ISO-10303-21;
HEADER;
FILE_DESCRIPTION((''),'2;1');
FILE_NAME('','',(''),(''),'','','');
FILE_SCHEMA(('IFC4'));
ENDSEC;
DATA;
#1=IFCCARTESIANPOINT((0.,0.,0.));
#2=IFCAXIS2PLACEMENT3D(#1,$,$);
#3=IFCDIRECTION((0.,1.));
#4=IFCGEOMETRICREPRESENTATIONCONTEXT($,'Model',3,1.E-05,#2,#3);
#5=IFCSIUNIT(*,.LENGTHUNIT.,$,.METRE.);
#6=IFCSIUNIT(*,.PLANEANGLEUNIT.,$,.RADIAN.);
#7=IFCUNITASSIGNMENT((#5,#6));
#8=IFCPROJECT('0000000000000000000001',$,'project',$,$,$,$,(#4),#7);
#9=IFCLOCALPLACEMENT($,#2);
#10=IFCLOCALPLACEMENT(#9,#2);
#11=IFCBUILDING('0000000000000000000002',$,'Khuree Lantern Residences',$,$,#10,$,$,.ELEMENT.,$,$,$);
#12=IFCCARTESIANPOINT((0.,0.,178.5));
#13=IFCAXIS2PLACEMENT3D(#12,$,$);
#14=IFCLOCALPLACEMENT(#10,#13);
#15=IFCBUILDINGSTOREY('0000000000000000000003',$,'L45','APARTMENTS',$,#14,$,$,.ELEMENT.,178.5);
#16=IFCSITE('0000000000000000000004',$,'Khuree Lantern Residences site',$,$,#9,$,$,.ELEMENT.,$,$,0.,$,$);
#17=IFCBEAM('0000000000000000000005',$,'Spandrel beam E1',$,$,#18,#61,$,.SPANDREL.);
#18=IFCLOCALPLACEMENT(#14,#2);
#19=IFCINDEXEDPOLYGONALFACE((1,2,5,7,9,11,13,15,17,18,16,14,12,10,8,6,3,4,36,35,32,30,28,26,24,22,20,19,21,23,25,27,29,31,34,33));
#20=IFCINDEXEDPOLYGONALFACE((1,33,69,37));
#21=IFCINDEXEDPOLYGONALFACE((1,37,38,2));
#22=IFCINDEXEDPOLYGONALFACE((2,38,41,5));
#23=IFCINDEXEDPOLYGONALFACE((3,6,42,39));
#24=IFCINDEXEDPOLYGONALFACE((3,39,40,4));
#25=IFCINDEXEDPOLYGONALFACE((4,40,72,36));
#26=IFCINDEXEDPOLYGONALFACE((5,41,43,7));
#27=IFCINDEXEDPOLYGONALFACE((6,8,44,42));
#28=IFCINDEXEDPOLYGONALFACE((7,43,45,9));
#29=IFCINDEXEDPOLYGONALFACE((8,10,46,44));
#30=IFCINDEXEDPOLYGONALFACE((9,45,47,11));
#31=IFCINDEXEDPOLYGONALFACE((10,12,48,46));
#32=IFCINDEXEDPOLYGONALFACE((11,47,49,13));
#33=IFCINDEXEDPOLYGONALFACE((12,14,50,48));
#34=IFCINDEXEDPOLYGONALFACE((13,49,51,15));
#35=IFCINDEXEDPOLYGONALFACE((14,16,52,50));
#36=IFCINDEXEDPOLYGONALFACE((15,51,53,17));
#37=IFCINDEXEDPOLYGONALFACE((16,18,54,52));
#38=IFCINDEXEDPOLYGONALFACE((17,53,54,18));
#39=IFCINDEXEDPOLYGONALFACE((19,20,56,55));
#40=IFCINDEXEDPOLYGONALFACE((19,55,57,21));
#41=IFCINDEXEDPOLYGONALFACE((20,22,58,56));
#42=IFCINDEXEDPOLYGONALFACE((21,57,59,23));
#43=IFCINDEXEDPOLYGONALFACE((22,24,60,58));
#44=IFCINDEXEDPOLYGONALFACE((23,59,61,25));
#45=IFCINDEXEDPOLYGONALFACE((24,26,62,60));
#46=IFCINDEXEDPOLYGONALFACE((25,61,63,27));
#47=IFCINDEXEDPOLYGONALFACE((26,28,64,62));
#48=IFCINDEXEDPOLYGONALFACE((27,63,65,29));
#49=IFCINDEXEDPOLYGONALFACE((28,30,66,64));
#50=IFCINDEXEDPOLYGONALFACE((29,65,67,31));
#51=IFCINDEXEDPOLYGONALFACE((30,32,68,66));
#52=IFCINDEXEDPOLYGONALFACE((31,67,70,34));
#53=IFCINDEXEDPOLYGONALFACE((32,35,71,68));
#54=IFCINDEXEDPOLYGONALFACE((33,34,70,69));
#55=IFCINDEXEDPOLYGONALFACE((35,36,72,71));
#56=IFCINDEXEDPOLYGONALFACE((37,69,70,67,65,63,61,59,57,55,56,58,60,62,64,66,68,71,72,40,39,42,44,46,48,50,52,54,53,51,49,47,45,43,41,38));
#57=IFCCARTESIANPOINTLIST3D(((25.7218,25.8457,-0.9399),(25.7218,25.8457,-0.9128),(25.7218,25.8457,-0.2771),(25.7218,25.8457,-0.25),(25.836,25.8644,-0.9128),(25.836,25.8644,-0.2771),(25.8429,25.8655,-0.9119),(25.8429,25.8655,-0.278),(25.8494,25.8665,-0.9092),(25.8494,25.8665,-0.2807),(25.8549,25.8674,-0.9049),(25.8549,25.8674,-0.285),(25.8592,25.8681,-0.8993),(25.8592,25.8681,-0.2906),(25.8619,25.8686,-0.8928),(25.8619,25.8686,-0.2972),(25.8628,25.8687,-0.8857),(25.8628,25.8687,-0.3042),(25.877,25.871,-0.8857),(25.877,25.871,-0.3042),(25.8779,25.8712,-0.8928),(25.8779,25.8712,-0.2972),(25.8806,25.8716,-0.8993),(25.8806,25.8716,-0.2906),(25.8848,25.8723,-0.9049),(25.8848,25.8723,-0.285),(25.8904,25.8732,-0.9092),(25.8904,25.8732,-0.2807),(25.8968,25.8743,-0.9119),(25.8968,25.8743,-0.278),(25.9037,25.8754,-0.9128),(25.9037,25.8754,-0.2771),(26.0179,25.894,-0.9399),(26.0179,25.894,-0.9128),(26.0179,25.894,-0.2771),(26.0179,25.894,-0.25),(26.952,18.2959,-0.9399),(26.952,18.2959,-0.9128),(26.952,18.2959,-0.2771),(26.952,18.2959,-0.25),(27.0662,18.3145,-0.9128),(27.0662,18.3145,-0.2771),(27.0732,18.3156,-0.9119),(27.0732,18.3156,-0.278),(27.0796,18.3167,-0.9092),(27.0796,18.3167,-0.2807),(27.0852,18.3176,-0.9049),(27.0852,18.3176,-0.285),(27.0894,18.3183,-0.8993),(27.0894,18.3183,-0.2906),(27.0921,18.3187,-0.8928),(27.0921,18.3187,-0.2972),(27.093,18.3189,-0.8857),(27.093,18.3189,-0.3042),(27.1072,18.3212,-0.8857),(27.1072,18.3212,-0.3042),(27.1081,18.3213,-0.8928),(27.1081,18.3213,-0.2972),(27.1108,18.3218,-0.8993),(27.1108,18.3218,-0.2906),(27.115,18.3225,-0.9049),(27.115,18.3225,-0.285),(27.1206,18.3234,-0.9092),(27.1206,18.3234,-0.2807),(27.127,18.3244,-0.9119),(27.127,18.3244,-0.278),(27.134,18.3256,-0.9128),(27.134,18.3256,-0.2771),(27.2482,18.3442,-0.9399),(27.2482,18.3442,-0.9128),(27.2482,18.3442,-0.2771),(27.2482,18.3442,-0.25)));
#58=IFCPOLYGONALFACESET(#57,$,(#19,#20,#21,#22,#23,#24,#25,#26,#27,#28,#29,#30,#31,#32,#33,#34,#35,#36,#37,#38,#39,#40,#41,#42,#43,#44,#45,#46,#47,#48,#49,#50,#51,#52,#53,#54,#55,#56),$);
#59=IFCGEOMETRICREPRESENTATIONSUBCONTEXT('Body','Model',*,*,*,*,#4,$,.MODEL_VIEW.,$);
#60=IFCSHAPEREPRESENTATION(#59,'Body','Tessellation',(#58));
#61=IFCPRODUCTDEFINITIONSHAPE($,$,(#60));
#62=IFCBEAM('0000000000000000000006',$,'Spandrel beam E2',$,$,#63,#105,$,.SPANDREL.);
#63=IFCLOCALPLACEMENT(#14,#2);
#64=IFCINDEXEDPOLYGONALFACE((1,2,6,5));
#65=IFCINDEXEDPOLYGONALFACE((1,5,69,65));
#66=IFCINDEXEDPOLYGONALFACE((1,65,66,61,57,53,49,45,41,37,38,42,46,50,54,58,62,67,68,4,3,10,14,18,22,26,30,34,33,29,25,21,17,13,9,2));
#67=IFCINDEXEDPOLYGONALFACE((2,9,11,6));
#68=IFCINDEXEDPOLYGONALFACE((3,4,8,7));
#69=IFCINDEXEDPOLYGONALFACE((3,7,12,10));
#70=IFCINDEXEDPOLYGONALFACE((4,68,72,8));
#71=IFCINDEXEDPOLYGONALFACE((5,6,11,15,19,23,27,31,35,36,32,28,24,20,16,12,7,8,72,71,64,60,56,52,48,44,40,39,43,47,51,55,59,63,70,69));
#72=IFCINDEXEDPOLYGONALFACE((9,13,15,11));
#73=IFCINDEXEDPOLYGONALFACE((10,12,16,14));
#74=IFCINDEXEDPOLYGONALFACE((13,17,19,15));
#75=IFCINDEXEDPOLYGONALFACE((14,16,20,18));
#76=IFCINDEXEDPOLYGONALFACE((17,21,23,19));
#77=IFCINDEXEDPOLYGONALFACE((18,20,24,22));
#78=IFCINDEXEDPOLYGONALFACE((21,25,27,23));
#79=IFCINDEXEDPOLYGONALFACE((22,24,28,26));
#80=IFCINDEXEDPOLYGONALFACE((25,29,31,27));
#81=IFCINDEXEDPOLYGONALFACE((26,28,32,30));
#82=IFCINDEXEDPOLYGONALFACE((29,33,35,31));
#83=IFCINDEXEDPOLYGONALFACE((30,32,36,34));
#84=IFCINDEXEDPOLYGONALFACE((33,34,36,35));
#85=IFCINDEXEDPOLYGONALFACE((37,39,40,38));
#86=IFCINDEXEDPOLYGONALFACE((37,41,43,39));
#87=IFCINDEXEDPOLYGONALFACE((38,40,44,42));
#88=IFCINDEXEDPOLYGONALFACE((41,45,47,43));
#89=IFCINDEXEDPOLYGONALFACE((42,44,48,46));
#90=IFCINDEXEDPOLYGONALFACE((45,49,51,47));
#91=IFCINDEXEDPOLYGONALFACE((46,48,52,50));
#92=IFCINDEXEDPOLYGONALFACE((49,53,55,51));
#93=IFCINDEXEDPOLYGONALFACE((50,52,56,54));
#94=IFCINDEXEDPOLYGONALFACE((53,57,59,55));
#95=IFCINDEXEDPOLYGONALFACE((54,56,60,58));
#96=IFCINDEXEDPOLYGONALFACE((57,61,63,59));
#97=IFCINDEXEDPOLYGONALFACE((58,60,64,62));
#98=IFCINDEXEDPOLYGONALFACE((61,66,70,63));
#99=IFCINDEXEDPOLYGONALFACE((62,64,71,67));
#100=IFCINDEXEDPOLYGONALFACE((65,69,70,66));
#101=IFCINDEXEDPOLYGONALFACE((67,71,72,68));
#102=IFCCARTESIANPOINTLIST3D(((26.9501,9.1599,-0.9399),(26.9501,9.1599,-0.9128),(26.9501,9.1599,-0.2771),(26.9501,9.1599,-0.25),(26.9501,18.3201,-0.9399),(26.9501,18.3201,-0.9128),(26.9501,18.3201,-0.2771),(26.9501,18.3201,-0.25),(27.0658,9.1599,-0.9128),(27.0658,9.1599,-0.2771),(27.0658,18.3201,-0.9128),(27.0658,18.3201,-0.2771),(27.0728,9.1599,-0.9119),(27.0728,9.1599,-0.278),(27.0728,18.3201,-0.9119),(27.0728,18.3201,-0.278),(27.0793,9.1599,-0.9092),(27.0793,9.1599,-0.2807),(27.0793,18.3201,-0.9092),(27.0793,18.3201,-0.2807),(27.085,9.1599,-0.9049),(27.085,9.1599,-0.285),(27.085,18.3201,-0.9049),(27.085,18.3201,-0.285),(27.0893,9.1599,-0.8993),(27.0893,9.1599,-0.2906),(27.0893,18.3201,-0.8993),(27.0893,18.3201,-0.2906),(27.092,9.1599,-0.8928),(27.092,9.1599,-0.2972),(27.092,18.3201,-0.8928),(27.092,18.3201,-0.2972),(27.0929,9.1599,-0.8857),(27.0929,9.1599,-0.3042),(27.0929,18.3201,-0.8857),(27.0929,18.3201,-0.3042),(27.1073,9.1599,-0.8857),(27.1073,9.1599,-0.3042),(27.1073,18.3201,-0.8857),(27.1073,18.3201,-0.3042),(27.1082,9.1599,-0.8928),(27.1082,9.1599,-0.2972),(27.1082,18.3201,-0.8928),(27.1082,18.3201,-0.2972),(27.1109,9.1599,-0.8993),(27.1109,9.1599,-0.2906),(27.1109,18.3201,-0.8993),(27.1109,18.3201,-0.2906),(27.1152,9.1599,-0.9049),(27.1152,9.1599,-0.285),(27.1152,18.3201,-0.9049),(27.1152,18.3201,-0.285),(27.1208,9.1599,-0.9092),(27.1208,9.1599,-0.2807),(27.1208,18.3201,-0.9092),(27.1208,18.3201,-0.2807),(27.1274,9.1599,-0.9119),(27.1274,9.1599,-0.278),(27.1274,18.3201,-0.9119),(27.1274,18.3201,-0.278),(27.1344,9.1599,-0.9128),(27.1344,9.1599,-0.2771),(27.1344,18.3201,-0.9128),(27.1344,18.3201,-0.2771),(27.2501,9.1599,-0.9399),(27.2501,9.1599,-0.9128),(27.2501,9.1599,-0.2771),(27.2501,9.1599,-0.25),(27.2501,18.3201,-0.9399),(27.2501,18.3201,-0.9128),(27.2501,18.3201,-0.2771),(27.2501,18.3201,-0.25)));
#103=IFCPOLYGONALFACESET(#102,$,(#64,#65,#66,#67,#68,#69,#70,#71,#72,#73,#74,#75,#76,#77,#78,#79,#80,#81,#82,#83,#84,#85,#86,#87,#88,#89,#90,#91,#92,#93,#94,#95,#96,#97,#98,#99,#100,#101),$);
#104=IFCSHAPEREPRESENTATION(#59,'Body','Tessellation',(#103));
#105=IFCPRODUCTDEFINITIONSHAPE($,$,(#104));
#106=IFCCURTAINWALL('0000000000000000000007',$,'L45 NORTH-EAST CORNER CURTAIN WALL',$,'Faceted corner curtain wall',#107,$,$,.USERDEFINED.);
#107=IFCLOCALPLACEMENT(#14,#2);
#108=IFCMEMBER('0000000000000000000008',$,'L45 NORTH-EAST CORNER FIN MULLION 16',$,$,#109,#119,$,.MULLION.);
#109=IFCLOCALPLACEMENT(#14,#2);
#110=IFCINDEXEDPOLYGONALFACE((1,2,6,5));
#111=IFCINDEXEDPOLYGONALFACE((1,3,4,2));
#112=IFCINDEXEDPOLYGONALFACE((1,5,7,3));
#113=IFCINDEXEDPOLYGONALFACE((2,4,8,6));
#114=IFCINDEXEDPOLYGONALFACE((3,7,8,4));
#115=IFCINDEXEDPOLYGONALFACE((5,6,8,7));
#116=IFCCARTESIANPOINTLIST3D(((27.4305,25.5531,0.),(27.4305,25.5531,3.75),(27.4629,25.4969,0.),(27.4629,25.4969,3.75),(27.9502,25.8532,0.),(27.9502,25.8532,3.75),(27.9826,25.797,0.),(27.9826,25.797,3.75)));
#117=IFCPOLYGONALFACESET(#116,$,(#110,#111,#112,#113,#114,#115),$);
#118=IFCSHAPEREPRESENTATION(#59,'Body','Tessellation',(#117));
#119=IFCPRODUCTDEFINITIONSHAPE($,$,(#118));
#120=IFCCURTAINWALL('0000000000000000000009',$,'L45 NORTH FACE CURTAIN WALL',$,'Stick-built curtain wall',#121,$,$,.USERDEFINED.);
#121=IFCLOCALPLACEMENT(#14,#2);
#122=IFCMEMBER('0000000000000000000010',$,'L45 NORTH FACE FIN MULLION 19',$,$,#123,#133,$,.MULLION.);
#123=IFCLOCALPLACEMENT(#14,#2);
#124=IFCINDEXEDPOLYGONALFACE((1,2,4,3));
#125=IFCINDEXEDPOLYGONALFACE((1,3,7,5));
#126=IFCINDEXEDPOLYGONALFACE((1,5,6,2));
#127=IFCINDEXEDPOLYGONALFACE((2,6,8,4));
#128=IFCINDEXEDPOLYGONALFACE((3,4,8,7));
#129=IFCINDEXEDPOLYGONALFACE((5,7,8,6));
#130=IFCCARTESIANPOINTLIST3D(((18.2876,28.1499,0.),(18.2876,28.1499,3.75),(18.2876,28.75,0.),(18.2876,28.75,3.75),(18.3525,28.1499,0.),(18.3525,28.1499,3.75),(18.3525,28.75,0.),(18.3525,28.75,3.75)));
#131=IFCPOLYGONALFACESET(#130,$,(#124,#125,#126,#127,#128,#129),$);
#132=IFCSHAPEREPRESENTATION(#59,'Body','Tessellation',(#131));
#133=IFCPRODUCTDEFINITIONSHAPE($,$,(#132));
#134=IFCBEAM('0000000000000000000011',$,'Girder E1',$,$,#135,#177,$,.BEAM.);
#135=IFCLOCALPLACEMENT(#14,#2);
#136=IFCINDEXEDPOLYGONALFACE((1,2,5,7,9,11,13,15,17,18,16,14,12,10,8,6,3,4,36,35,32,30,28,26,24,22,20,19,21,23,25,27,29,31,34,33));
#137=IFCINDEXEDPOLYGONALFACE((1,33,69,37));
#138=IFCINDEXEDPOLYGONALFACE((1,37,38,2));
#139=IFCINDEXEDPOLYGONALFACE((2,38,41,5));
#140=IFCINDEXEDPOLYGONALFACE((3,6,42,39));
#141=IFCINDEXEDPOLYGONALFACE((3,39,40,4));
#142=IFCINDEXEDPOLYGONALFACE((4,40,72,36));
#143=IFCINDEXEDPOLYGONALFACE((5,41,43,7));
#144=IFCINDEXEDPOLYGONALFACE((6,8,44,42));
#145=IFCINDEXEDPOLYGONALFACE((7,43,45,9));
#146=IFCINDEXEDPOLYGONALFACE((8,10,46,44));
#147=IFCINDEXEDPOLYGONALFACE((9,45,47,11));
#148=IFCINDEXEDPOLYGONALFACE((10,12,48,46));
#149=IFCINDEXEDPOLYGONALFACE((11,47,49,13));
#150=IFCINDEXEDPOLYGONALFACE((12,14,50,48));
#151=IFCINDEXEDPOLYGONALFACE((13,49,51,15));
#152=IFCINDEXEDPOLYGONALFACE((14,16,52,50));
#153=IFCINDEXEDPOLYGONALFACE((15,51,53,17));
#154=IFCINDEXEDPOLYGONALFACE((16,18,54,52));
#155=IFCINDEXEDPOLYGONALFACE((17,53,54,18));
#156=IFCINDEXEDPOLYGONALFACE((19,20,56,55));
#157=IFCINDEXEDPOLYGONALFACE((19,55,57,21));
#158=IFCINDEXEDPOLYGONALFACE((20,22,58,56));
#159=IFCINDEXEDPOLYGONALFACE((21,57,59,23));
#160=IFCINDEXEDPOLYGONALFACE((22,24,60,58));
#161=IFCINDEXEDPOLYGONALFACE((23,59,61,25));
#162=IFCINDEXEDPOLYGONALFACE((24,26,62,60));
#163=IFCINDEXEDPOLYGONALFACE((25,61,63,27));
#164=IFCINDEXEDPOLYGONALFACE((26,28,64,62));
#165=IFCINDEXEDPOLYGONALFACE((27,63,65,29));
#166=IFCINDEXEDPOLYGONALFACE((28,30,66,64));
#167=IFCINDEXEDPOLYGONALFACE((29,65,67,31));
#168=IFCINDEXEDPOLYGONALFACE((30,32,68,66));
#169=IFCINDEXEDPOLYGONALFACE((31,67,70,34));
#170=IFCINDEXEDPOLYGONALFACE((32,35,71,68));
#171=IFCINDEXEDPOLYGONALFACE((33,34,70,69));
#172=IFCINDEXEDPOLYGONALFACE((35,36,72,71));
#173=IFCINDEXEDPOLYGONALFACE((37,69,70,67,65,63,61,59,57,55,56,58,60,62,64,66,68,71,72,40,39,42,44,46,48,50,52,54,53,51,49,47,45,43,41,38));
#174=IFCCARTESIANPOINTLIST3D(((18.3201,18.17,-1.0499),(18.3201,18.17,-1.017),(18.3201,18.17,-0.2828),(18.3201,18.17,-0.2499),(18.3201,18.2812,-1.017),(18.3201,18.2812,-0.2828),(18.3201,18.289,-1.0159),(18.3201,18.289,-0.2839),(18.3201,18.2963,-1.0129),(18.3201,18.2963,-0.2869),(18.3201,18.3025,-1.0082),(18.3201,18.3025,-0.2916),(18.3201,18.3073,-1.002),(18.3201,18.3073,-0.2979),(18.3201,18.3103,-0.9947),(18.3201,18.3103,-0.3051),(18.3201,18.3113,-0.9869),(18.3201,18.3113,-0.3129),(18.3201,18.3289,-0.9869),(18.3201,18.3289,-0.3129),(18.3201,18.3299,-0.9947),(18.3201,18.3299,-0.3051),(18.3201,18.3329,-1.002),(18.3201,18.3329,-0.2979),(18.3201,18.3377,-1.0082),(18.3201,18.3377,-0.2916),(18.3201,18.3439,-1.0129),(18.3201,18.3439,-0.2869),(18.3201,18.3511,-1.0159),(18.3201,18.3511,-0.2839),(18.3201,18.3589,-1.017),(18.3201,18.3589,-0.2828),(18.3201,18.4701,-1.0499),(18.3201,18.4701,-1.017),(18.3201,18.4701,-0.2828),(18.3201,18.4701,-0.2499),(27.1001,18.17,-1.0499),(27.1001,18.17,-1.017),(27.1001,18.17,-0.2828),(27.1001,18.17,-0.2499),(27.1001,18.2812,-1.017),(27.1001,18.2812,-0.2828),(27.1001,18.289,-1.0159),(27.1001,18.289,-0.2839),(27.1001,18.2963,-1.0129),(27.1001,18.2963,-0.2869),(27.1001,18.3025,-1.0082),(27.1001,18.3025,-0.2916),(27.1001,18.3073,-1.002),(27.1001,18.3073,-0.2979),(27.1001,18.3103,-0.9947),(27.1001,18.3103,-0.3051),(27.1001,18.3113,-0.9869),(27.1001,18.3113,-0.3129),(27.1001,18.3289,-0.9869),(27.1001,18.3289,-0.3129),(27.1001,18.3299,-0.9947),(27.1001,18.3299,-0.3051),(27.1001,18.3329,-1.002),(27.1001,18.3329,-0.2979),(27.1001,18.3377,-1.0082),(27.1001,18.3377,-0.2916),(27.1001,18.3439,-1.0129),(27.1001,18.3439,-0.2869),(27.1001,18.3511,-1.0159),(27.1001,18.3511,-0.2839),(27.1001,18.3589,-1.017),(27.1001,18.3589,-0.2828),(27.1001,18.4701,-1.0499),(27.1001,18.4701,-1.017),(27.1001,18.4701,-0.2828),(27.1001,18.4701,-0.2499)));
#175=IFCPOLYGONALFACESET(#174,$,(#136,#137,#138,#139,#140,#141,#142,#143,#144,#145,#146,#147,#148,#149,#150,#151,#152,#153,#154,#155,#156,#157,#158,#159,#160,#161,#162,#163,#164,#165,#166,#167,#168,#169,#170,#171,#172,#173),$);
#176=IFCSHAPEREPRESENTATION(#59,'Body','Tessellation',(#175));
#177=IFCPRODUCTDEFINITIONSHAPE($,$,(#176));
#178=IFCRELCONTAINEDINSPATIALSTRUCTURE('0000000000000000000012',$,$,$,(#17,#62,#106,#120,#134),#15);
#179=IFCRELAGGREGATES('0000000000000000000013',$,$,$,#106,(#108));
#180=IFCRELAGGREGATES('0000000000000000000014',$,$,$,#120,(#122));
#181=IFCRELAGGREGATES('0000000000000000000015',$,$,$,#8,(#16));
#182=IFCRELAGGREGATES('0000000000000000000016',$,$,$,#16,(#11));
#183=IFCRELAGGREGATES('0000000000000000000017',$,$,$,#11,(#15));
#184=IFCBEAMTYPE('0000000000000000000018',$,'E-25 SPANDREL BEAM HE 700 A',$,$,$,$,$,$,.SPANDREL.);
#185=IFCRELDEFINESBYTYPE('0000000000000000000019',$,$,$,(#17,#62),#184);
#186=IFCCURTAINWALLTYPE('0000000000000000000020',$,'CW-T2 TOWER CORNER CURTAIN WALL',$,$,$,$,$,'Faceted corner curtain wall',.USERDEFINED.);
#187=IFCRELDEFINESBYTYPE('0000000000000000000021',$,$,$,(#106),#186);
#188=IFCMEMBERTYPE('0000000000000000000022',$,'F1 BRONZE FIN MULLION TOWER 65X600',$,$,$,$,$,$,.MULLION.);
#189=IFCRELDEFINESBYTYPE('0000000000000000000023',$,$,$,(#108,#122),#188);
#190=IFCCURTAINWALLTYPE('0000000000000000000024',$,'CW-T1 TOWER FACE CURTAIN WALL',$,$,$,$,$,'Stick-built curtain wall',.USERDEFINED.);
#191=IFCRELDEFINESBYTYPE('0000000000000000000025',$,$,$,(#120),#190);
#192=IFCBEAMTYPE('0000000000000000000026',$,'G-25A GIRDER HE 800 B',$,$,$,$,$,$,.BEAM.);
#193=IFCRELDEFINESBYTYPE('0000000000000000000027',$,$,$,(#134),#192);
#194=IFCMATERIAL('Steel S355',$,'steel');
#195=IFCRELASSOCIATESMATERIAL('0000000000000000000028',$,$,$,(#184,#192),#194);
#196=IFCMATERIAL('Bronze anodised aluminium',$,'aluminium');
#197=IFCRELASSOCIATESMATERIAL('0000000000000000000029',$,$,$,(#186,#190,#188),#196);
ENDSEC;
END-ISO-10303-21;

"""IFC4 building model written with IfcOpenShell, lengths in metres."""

from ifc_helpers import new_model, si_unit, direction, frame, origin, origin_2d, place, context, subcontext, project, spatial, rectangle, i_section, extrude, material, material_profile, profile_set, type_object, element, aggregate, save


model = new_model("IFC4")

# Units and contexts
model_context = context("Model", 3, precision=1e-05, world=origin(), true_north=direction((0.0, 1.0)))
body_context = subcontext(model_context, "Body", "Model", "MODEL_VIEW")
ifc_project = project(units=[si_unit("LENGTHUNIT", "METRE"), si_unit("PLANEANGLEUNIT", "RADIAN")], contexts=[model_context])

# Site, building, storey
site_placement = place(None, origin())
site = spatial("IfcSite", under=ifc_project, at=site_placement, Name="Khuree Lantern Residences site", CompositionType="ELEMENT", RefElevation=0.0)
building_placement = place(site_placement, origin())
building = spatial("IfcBuilding", under=site, at=building_placement, Name="Khuree Lantern Residences", CompositionType="ELEMENT")
storey_placement = place(building_placement, frame((0.0, 0.0, 178.5)))
storey = spatial("IfcBuildingStorey", under=building, at=storey_placement, Name="L45", Description="APARTMENTS", CompositionType="ELEMENT", Elevation=178.5)

# Beams
ifc_material_1 = material(Name="Steel S355", Category="steel")
ifc_material_profile_1 = material_profile(ifc_material_1, i_section(OverallWidth=0.3, OverallDepth=0.6899, WebThickness=0.0144, FlangeThickness=0.0271, FilletRadius=0.0271, at=origin_2d()), Name="HE 700 A")
ifc_profile_set_1 = profile_set([ifc_material_profile_1], Name="Steel S355")
beam_type_1 = type_object("IfcBeamType", Name="E-25 SPANDREL BEAM HE 700 A", PredefinedType="SPANDREL", material=ifc_profile_set_1)
for number, where, z_axis, x_axis, name in (
    (1, (25.8699, 25.8699, -0.595), (0.160827, -0.986983, 0.0), (0.986983, 0.160827, 0.0), "Spandrel beam E1"),
):
    element("IfcBeam", number, at=place(storey_placement, frame(where, z_axis=z_axis, x_axis=x_axis)), inside=storey, type_object=beam_type_1, Name=name, PredefinedType="SPANDREL", context=body_context, shape_type="SweptSolid", body=[
        extrude(i_section(OverallWidth=0.3, OverallDepth=0.6899, WebThickness=0.0144, FlangeThickness=0.0271, FilletRadius=0.0271, at=origin_2d()), origin(), (0.0, 0.0, 1.0), 7.6494),
    ])
beam_1_placement = place(storey_placement, frame((27.1001, 18.3201, -0.595), z_axis=(0.0, -1.0, 0.0), x_axis=(1.0, 0.0, 0.0)))
element("IfcBeam", 2, at=beam_1_placement, inside=storey, type_object=beam_type_1, Name="Spandrel beam E2", PredefinedType="SPANDREL", context=body_context, shape_type="SweptSolid", body=[
    extrude(i_section(OverallWidth=0.3, OverallDepth=0.6899, WebThickness=0.0144, FlangeThickness=0.0271, FilletRadius=0.0271, at=origin_2d()), origin(), (0.0, 0.0, 1.0), 9.1602),
])

# Curtain walls, members
ifc_material_2 = material(Name="Bronze anodised aluminium", Category="aluminium")
curtain_wall_type_1 = type_object("IfcCurtainWallType", Name="CW-T2 TOWER CORNER CURTAIN WALL", ElementType="Faceted corner curtain wall", PredefinedType="USERDEFINED", material=ifc_material_2)
curtain_wall_1_placement = place(storey_placement, origin())
curtain_wall_1 = element("IfcCurtainWall", 3, at=curtain_wall_1_placement, inside=storey, type_object=curtain_wall_type_1, Name="L45 NORTH-EAST CORNER CURTAIN WALL", ObjectType="Faceted corner curtain wall", PredefinedType="USERDEFINED")
ifc_material_profile_2 = material_profile(ifc_material_2, rectangle(XDim=0.0649, YDim=0.6001, at=origin_2d()), Name="F1 65X600")
ifc_profile_set_2 = profile_set([ifc_material_profile_2], Name="Bronze anodised aluminium")
member_type_1 = type_object("IfcMemberType", Name="F1 BRONZE FIN MULLION TOWER 65X600", PredefinedType="MULLION", material=ifc_profile_set_2)
member_1_placement = place(storey_placement, frame((27.7065, 25.675, 0.0), z_axis=(0.0, 0.0, 1.0), x_axis=(-0.5, 0.866025, 0.0)))
member_1 = element("IfcMember", 4, at=member_1_placement, type_object=member_type_1, Name="L45 NORTH-EAST CORNER FIN MULLION 16", PredefinedType="MULLION", context=body_context, shape_type="SweptSolid", body=[
    extrude(rectangle(XDim=0.0649, YDim=0.6001, at=origin_2d()), origin(), (0.0, 0.0, 1.0), 3.75),
])
curtain_wall_type_2 = type_object("IfcCurtainWallType", Name="CW-T1 TOWER FACE CURTAIN WALL", ElementType="Stick-built curtain wall", PredefinedType="USERDEFINED", material=ifc_material_2)
curtain_wall_2_placement = place(storey_placement, origin())
curtain_wall_2 = element("IfcCurtainWall", 5, at=curtain_wall_2_placement, inside=storey, type_object=curtain_wall_type_2, Name="L45 NORTH FACE CURTAIN WALL", ObjectType="Stick-built curtain wall", PredefinedType="USERDEFINED")
member_2_placement = place(storey_placement, frame((18.3201, 28.45, 0.0), z_axis=(0.0, 0.0, 1.0), x_axis=(-1.0, 0.0, 0.0)))
member_2 = element("IfcMember", 6, at=member_2_placement, type_object=member_type_1, Name="L45 NORTH FACE FIN MULLION 19", PredefinedType="MULLION", context=body_context, shape_type="SweptSolid", body=[
    extrude(rectangle(XDim=0.0649, YDim=0.6001, at=origin_2d()), origin(), (0.0, 0.0, 1.0), 3.75),
])

# Beam
ifc_material_profile_3 = material_profile(ifc_material_1, i_section(OverallWidth=0.3, OverallDepth=0.8, WebThickness=0.0176, FlangeThickness=0.033, FilletRadius=0.03, at=origin_2d()), Name="HE 800 B")
ifc_profile_set_3 = profile_set([ifc_material_profile_3], Name="Steel S355")
beam_type_2 = type_object("IfcBeamType", Name="G-25A GIRDER HE 800 B", PredefinedType="BEAM", material=ifc_profile_set_3)
beam_2_placement = place(storey_placement, frame((27.1001, 18.3201, -0.6499), z_axis=(-1.0, 0.0, 0.0), x_axis=(0.0, -1.0, 0.0)))
element("IfcBeam", 7, at=beam_2_placement, inside=storey, type_object=beam_type_2, Name="Girder E1", PredefinedType="BEAM", context=body_context, shape_type="SweptSolid", body=[
    extrude(i_section(OverallWidth=0.3, OverallDepth=0.8, WebThickness=0.0176, FlangeThickness=0.033, FilletRadius=0.03, at=origin_2d()), origin(), (0.0, 0.0, 1.0), 8.78),
])

aggregate(curtain_wall_1, [member_1])
aggregate(curtain_wall_2, [member_2])

save(model, "model.ifc")
